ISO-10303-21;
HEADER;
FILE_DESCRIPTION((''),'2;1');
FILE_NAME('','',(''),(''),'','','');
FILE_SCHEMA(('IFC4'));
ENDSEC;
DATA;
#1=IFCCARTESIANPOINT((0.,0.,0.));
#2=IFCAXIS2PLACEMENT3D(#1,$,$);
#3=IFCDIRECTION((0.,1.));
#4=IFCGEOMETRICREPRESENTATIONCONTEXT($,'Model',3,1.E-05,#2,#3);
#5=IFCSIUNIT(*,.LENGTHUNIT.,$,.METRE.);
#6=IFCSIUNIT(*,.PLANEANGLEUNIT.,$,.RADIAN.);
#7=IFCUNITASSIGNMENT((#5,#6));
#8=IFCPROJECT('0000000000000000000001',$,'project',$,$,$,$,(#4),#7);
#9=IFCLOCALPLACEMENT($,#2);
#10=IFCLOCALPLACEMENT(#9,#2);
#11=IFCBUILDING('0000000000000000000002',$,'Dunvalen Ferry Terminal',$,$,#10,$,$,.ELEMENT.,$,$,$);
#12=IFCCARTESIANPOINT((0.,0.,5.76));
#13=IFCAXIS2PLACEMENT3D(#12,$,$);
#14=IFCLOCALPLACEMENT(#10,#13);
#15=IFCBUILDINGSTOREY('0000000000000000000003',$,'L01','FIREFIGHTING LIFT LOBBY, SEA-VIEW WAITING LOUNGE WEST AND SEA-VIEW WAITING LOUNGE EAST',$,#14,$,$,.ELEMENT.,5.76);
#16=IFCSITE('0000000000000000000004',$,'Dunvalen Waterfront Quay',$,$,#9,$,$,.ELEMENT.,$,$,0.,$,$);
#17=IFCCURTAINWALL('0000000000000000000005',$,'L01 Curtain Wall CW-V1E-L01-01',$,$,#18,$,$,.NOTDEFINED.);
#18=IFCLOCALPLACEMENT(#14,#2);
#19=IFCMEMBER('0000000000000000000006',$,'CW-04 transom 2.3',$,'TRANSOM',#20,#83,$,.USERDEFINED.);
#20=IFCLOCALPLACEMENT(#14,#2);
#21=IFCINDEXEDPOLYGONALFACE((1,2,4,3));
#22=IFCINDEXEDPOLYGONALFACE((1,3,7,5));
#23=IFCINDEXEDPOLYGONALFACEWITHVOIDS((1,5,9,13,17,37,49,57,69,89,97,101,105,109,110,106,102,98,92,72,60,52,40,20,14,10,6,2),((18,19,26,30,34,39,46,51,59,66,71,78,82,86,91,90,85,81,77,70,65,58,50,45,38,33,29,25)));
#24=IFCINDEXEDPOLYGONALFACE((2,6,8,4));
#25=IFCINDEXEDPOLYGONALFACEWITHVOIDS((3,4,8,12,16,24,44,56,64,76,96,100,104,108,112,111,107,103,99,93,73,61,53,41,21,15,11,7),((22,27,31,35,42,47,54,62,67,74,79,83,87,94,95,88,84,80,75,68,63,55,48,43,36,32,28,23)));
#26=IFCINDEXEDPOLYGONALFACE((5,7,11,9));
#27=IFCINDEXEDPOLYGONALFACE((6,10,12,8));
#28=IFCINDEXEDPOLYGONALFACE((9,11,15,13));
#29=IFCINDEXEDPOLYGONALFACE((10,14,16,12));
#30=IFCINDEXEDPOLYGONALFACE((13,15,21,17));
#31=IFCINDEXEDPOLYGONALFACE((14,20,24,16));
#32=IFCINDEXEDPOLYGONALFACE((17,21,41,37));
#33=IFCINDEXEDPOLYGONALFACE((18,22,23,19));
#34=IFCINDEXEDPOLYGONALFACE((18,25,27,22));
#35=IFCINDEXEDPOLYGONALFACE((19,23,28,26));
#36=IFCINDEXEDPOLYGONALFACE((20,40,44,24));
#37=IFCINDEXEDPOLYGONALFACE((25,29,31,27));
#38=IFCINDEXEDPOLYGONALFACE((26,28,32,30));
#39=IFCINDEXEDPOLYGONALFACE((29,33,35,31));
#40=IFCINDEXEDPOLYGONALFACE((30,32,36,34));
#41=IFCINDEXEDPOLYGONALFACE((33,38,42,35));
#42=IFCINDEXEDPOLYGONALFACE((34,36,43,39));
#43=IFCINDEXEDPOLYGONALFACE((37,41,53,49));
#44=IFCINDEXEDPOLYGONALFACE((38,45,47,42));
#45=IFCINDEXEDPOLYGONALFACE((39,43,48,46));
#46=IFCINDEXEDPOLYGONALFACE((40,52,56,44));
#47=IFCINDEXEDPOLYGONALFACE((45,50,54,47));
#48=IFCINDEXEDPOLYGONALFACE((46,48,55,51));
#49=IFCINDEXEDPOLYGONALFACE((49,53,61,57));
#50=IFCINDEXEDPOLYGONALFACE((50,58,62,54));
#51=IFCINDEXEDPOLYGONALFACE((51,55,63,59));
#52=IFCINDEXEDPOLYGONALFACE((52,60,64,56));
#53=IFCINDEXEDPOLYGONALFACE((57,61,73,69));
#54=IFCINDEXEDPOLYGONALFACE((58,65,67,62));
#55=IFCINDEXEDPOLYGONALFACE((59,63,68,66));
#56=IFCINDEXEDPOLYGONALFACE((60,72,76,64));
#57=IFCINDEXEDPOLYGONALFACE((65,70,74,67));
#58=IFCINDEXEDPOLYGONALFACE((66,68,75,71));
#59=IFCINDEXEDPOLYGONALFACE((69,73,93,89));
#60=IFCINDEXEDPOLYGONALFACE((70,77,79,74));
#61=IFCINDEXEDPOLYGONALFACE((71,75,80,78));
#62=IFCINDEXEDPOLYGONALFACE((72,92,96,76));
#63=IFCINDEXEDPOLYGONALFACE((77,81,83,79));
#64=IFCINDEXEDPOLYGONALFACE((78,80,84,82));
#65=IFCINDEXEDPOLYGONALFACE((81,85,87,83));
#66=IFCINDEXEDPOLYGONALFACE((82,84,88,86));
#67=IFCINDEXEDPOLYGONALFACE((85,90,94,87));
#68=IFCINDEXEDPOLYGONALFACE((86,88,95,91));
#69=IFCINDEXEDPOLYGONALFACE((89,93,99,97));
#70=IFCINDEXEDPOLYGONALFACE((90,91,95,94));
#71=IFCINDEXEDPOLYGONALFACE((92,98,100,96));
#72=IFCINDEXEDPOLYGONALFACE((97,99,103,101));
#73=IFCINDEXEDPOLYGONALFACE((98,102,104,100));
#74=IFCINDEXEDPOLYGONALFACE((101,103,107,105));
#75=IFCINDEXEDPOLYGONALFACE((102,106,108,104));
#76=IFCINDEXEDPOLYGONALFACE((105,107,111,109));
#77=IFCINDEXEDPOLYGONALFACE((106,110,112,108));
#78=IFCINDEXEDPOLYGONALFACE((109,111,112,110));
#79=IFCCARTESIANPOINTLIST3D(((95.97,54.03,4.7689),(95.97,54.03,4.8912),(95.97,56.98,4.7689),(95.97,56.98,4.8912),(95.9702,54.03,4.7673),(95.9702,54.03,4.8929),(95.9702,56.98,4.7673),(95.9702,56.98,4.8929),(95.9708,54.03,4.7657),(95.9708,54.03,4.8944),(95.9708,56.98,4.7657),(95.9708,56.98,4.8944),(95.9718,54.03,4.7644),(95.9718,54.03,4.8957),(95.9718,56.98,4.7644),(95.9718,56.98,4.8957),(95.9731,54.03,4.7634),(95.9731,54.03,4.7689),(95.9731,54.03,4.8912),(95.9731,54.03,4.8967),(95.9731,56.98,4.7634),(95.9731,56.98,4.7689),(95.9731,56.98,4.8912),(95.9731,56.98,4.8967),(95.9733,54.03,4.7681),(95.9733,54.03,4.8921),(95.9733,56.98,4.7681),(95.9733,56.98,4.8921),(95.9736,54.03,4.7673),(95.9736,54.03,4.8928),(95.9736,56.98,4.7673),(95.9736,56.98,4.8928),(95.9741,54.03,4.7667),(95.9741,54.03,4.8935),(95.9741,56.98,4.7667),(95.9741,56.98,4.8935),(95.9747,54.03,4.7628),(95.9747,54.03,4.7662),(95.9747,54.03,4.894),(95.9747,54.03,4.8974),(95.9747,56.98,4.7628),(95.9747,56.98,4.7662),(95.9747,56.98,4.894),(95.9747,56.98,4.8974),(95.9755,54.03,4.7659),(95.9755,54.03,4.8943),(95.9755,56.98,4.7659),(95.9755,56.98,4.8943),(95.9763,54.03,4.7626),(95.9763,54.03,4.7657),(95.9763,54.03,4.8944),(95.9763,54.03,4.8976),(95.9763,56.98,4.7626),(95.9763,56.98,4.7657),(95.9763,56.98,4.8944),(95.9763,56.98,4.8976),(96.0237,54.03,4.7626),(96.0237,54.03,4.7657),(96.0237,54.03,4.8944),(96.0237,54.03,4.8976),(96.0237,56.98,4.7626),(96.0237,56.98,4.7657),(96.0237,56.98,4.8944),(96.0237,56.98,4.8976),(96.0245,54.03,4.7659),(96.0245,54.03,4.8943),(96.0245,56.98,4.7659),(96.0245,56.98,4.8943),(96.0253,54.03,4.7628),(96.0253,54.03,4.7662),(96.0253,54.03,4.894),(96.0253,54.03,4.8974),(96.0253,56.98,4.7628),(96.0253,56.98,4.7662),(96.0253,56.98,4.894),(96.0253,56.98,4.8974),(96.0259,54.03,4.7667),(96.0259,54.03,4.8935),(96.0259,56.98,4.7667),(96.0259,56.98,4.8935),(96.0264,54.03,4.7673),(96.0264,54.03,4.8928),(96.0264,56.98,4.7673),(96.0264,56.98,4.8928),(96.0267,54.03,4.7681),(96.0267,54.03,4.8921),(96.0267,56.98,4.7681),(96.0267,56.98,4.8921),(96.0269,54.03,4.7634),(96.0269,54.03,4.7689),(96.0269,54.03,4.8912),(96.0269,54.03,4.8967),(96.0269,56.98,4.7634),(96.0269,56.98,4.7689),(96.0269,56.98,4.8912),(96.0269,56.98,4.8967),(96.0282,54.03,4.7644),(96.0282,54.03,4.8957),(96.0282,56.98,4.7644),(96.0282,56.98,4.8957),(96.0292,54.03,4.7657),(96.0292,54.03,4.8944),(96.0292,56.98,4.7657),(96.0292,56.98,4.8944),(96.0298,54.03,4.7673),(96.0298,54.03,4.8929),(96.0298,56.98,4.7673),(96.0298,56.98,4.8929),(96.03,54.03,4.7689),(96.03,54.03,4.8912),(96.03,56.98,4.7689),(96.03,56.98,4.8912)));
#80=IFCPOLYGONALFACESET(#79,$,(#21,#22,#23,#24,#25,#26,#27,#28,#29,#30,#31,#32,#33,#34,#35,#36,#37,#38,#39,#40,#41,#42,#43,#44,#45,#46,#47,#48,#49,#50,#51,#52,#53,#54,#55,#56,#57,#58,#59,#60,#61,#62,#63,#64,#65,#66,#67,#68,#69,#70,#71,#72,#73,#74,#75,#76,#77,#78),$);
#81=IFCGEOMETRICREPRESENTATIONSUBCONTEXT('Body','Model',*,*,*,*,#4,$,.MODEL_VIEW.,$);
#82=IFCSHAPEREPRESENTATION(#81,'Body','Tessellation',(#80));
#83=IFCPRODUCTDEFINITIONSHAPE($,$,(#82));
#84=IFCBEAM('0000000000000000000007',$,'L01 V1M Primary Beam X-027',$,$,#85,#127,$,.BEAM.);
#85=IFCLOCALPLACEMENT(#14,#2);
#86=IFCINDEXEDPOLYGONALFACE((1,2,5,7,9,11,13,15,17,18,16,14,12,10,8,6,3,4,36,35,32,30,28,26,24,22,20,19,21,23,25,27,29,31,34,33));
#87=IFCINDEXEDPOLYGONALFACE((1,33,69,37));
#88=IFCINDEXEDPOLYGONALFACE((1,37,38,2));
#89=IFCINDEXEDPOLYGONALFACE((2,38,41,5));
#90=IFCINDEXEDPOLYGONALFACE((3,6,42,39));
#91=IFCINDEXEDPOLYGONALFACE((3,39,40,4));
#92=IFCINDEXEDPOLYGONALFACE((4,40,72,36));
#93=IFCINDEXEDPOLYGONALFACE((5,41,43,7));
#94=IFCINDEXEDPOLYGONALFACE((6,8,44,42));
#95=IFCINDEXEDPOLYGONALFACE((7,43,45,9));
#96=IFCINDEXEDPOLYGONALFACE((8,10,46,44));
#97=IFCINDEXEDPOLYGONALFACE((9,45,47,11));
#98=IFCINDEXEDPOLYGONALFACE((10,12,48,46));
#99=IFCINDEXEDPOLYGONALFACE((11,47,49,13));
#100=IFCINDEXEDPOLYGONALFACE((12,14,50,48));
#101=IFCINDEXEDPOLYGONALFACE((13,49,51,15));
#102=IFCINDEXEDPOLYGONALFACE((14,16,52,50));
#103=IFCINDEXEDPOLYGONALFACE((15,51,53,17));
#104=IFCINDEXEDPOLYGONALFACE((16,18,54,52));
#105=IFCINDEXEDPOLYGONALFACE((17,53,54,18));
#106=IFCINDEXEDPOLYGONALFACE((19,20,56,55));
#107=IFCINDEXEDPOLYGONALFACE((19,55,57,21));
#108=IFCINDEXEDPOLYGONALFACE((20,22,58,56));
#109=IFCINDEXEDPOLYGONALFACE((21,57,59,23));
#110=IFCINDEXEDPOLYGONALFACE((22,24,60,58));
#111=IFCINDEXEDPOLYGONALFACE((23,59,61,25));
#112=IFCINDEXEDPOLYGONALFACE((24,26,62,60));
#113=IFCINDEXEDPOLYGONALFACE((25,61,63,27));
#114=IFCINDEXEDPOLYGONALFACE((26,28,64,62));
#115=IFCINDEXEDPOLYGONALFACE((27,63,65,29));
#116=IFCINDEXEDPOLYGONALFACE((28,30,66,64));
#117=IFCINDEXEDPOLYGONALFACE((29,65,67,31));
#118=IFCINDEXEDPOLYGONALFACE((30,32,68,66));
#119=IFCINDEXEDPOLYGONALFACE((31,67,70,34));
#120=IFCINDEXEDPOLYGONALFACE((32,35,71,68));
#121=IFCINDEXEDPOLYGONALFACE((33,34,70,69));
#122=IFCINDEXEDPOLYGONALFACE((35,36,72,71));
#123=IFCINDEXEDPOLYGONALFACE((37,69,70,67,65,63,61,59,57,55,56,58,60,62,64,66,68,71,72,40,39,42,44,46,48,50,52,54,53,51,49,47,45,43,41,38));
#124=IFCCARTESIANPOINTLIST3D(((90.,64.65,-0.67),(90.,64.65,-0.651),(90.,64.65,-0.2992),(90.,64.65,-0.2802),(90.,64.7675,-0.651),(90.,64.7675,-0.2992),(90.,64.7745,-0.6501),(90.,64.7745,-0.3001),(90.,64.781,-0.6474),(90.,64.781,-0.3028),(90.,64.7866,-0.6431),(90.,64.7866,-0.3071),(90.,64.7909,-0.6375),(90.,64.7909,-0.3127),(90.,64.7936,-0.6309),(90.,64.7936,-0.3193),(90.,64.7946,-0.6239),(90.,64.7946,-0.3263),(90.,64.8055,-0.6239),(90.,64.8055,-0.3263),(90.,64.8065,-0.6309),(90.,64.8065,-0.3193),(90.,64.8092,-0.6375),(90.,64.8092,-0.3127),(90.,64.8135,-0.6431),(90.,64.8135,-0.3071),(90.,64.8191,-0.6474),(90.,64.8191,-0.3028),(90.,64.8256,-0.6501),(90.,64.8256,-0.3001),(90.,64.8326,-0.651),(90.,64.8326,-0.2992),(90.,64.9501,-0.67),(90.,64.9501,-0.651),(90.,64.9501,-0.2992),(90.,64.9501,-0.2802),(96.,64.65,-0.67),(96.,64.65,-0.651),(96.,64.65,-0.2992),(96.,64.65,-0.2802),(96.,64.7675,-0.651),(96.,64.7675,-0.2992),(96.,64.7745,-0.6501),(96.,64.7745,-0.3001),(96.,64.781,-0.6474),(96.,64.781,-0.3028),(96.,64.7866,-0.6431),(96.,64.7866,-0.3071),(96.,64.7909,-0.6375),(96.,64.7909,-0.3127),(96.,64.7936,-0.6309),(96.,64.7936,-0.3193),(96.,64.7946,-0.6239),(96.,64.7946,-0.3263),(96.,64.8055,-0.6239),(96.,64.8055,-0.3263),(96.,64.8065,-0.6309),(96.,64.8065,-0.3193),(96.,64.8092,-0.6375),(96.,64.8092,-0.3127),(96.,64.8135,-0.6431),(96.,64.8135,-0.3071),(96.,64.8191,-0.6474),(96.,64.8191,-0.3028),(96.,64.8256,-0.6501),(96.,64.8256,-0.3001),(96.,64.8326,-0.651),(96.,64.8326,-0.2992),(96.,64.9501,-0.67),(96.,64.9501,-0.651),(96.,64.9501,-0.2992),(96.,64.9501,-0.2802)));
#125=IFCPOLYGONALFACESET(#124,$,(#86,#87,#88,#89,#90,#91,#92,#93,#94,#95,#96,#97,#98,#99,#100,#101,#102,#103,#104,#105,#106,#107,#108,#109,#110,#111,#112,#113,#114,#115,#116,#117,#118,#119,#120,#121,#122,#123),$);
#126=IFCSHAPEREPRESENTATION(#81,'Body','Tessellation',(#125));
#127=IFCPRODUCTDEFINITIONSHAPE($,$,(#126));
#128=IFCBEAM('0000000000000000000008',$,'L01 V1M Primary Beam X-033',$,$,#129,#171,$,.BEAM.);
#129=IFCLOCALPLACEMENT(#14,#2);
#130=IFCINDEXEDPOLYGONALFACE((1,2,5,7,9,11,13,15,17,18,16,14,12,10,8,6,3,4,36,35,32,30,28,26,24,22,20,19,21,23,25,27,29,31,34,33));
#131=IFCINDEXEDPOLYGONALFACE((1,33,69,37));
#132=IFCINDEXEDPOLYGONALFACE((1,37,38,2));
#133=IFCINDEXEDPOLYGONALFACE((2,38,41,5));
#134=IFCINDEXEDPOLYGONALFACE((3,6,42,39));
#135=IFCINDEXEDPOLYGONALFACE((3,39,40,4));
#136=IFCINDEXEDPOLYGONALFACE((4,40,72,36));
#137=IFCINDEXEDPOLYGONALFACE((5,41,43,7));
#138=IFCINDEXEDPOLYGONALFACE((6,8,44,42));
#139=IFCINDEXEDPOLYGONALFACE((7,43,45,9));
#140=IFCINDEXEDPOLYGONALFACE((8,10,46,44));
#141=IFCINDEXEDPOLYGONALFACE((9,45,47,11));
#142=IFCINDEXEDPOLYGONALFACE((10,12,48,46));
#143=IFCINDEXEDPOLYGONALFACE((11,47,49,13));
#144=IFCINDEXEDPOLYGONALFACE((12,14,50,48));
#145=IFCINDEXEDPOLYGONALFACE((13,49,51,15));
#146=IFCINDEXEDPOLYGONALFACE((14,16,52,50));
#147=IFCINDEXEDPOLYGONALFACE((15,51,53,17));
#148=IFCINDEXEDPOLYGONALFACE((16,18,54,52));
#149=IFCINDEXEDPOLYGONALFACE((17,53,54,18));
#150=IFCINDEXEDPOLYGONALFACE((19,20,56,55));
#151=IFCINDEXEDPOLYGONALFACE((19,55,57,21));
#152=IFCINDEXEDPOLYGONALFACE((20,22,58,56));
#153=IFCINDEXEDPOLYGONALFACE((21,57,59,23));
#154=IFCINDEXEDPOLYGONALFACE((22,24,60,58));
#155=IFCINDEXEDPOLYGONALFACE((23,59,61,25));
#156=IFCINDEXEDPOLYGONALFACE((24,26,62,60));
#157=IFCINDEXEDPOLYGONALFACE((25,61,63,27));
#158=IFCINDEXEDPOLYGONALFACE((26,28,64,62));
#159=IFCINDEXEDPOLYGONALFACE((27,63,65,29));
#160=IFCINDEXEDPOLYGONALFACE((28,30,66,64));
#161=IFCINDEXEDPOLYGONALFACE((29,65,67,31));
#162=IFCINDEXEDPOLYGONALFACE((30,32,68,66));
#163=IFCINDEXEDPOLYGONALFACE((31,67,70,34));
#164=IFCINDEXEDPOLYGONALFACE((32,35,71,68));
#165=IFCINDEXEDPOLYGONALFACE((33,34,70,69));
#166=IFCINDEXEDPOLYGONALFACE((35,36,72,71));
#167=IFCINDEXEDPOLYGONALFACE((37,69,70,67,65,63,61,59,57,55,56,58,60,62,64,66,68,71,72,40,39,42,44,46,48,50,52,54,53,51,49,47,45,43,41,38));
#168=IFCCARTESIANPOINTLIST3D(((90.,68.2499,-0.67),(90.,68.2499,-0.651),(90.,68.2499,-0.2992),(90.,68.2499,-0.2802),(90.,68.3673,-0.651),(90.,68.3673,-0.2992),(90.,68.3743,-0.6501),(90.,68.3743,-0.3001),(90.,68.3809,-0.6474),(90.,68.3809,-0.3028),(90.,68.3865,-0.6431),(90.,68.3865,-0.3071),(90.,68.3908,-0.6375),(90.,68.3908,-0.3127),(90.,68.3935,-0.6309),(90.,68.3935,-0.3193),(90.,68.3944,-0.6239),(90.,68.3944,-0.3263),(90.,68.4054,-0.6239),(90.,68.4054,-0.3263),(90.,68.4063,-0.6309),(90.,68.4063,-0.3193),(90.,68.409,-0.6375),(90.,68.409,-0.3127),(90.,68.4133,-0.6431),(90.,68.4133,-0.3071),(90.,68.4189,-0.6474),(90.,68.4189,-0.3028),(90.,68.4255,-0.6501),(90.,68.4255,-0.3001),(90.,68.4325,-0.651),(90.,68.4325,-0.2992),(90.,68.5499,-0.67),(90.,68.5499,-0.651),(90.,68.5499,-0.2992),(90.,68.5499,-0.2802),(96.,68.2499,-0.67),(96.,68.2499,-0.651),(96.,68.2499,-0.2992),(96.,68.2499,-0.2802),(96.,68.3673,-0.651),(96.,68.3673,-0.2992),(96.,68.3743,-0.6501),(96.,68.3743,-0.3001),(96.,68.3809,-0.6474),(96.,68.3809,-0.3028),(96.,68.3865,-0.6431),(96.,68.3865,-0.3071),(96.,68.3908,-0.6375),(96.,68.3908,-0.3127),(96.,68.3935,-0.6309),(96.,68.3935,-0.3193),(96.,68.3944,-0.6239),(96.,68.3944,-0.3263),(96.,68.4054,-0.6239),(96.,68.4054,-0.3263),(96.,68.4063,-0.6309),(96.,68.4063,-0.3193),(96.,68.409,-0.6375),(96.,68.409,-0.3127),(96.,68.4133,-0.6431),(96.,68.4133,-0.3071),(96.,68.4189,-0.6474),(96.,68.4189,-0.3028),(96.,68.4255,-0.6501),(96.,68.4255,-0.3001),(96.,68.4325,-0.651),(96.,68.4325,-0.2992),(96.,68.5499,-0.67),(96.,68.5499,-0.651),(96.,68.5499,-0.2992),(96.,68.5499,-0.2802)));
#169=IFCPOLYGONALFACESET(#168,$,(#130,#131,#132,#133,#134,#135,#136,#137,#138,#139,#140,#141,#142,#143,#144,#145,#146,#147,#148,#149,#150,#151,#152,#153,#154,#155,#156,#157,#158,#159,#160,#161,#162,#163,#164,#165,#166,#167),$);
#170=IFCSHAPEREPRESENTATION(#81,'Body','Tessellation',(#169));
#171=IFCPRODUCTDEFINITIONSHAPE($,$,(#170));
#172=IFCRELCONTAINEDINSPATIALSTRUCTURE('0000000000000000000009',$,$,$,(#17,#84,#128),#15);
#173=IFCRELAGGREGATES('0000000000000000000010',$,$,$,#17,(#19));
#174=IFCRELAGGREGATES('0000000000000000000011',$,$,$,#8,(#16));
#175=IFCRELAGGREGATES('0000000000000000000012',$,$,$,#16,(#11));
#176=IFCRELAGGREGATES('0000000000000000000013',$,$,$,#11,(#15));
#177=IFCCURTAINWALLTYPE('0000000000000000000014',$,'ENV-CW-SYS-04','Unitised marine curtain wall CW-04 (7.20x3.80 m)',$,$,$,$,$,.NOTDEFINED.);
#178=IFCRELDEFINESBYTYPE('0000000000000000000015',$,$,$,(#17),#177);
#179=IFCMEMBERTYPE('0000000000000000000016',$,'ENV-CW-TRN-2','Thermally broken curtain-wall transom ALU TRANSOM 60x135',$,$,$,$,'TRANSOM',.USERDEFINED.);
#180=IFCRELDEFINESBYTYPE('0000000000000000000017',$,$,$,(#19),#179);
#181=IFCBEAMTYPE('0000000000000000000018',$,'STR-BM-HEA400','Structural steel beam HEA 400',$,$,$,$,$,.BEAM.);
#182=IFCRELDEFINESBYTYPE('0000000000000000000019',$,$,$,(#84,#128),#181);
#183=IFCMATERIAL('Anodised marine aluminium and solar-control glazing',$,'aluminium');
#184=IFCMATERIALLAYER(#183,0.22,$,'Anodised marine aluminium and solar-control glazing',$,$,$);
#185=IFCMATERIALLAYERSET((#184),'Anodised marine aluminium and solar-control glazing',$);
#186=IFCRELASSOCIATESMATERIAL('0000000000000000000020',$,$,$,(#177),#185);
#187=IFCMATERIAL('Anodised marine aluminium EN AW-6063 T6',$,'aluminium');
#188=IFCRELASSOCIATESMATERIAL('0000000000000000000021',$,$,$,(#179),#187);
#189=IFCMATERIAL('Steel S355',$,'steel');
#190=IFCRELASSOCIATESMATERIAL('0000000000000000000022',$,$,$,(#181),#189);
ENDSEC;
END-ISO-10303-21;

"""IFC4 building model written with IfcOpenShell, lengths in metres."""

from ifc_helpers import new_model, si_unit, direction, frame, origin, origin_2d, place, context, subcontext, project, spatial, hollow_rectangle, i_section, extrude, material, layer, layer_set, material_profile, profile_set, type_object, element, aggregate, save


model = new_model("IFC4")

# Units and contexts
model_context = context("Model", 3, precision=1e-05, world=origin(), true_north=direction((0.0, 1.0)))
body_context = subcontext(model_context, "Body", "Model", "MODEL_VIEW")
ifc_project = project(units=[si_unit("LENGTHUNIT", "METRE"), si_unit("PLANEANGLEUNIT", "RADIAN")], contexts=[model_context])

# Site, building, storey
site_placement = place(None, origin())
site = spatial("IfcSite", under=ifc_project, at=site_placement, Name="Dunvalen Waterfront Quay", CompositionType="ELEMENT", RefElevation=0.0)
building_placement = place(site_placement, origin())
building = spatial("IfcBuilding", under=site, at=building_placement, Name="Dunvalen Ferry Terminal", CompositionType="ELEMENT")
storey_placement = place(building_placement, frame((0.0, 0.0, 5.76)))
storey = spatial("IfcBuildingStorey", under=building, at=storey_placement, Name="L01", Description="FIREFIGHTING LIFT LOBBY, SEA-VIEW WAITING LOUNGE WEST AND SEA-VIEW WAITING LOUNGE EAST", CompositionType="ELEMENT", Elevation=5.76)

# Curtain wall
ifc_material_1 = material(Name="Anodised marine aluminium and solar-control glazing", Category="aluminium")
ifc_material_2 = material(Name="Anodised marine aluminium EN AW-6063 T6", Category="aluminium")
ifc_layer_1 = layer(ifc_material_1, 0.22, Name="Anodised marine aluminium and solar-control glazing")
ifc_layer_set_1 = layer_set([ifc_layer_1], Name="Anodised marine aluminium and solar-control glazing")
curtain_wall_type_1 = type_object("IfcCurtainWallType", Name="ENV-CW-SYS-04", Description="Unitised marine curtain wall CW-04 (7.20x3.80 m)", PredefinedType="NOTDEFINED", material=ifc_layer_set_1)
curtain_wall_1_placement = place(storey_placement, origin())
curtain_wall_1 = element("IfcCurtainWall", 1, at=curtain_wall_1_placement, inside=storey, type_object=curtain_wall_type_1, Name="L01 Curtain Wall CW-V1E-L01-01", PredefinedType="NOTDEFINED")

# Member
ifc_material_profile_1 = material_profile(ifc_material_2, hollow_rectangle(XDim=0.0601, YDim=0.135, WallThickness=0.0032, InnerFilletRadius=0.0032, OuterFilletRadius=0.0063, at=origin_2d()), Name="Anodised marine aluminium EN AW-6063 T6")
ifc_profile_set_1 = profile_set([ifc_material_profile_1], Name="Anodised marine aluminium EN AW-6063 T6")
member_type_1 = type_object("IfcMemberType", Name="ENV-CW-TRN-2", Description="Thermally broken curtain-wall transom ALU TRANSOM 60x135", ElementType="TRANSOM", PredefinedType="USERDEFINED", material=ifc_profile_set_1)
member_1_placement = place(storey_placement, frame((96.0, 54.03, 4.8301), z_axis=(0.0, 1.0, 0.0), x_axis=(-1.0, 0.0, 0.0)))
member_1 = element("IfcMember", 2, at=member_1_placement, type_object=member_type_1, Name="CW-04 transom 2.3", ObjectType="TRANSOM", PredefinedType="USERDEFINED", context=body_context, shape_type="SweptSolid", body=[
    extrude(hollow_rectangle(XDim=0.0601, YDim=0.135, WallThickness=0.0032, InnerFilletRadius=0.0032, OuterFilletRadius=0.0063, at=origin_2d()), origin(), (0.0, 0.0, 1.0), 2.95),
])

# Beams
ifc_material_3 = material(Name="Steel S355", Category="steel")
ifc_material_profile_2 = material_profile(ifc_material_3, i_section(OverallWidth=0.3, OverallDepth=0.3899, WebThickness=0.011, FlangeThickness=0.019, FilletRadius=0.0271, at=origin_2d()), Name="Steel S355")
ifc_profile_set_2 = profile_set([ifc_material_profile_2], Name="Steel S355")
beam_type_1 = type_object("IfcBeamType", Name="STR-BM-HEA400", Description="Structural steel beam HEA 400", PredefinedType="BEAM", material=ifc_profile_set_2)
for number, where, z_axis, x_axis, name in (
    (3, (90.0, 64.8, -0.4751), (1.0, 0.0, 0.0), (0.0, 1.0, 0.0), "L01 V1M Primary Beam X-027"),
    (4, (90.0, 68.3999, -0.4751), (1.0, 0.0, 0.0), (0.0, 1.0, 0.0), "L01 V1M Primary Beam X-033"),
):
    element("IfcBeam", number, at=place(storey_placement, frame(where, z_axis=z_axis, x_axis=x_axis)), inside=storey, type_object=beam_type_1, Name=name, PredefinedType="BEAM", context=body_context, shape_type="SweptSolid", body=[
        extrude(i_section(OverallWidth=0.3, OverallDepth=0.3899, WebThickness=0.011, FlangeThickness=0.019, FilletRadius=0.0271, at=origin_2d()), origin(), (0.0, 0.0, 1.0), 6.0),
    ])

aggregate(curtain_wall_1, [member_1])

save(model, "model.ifc")
